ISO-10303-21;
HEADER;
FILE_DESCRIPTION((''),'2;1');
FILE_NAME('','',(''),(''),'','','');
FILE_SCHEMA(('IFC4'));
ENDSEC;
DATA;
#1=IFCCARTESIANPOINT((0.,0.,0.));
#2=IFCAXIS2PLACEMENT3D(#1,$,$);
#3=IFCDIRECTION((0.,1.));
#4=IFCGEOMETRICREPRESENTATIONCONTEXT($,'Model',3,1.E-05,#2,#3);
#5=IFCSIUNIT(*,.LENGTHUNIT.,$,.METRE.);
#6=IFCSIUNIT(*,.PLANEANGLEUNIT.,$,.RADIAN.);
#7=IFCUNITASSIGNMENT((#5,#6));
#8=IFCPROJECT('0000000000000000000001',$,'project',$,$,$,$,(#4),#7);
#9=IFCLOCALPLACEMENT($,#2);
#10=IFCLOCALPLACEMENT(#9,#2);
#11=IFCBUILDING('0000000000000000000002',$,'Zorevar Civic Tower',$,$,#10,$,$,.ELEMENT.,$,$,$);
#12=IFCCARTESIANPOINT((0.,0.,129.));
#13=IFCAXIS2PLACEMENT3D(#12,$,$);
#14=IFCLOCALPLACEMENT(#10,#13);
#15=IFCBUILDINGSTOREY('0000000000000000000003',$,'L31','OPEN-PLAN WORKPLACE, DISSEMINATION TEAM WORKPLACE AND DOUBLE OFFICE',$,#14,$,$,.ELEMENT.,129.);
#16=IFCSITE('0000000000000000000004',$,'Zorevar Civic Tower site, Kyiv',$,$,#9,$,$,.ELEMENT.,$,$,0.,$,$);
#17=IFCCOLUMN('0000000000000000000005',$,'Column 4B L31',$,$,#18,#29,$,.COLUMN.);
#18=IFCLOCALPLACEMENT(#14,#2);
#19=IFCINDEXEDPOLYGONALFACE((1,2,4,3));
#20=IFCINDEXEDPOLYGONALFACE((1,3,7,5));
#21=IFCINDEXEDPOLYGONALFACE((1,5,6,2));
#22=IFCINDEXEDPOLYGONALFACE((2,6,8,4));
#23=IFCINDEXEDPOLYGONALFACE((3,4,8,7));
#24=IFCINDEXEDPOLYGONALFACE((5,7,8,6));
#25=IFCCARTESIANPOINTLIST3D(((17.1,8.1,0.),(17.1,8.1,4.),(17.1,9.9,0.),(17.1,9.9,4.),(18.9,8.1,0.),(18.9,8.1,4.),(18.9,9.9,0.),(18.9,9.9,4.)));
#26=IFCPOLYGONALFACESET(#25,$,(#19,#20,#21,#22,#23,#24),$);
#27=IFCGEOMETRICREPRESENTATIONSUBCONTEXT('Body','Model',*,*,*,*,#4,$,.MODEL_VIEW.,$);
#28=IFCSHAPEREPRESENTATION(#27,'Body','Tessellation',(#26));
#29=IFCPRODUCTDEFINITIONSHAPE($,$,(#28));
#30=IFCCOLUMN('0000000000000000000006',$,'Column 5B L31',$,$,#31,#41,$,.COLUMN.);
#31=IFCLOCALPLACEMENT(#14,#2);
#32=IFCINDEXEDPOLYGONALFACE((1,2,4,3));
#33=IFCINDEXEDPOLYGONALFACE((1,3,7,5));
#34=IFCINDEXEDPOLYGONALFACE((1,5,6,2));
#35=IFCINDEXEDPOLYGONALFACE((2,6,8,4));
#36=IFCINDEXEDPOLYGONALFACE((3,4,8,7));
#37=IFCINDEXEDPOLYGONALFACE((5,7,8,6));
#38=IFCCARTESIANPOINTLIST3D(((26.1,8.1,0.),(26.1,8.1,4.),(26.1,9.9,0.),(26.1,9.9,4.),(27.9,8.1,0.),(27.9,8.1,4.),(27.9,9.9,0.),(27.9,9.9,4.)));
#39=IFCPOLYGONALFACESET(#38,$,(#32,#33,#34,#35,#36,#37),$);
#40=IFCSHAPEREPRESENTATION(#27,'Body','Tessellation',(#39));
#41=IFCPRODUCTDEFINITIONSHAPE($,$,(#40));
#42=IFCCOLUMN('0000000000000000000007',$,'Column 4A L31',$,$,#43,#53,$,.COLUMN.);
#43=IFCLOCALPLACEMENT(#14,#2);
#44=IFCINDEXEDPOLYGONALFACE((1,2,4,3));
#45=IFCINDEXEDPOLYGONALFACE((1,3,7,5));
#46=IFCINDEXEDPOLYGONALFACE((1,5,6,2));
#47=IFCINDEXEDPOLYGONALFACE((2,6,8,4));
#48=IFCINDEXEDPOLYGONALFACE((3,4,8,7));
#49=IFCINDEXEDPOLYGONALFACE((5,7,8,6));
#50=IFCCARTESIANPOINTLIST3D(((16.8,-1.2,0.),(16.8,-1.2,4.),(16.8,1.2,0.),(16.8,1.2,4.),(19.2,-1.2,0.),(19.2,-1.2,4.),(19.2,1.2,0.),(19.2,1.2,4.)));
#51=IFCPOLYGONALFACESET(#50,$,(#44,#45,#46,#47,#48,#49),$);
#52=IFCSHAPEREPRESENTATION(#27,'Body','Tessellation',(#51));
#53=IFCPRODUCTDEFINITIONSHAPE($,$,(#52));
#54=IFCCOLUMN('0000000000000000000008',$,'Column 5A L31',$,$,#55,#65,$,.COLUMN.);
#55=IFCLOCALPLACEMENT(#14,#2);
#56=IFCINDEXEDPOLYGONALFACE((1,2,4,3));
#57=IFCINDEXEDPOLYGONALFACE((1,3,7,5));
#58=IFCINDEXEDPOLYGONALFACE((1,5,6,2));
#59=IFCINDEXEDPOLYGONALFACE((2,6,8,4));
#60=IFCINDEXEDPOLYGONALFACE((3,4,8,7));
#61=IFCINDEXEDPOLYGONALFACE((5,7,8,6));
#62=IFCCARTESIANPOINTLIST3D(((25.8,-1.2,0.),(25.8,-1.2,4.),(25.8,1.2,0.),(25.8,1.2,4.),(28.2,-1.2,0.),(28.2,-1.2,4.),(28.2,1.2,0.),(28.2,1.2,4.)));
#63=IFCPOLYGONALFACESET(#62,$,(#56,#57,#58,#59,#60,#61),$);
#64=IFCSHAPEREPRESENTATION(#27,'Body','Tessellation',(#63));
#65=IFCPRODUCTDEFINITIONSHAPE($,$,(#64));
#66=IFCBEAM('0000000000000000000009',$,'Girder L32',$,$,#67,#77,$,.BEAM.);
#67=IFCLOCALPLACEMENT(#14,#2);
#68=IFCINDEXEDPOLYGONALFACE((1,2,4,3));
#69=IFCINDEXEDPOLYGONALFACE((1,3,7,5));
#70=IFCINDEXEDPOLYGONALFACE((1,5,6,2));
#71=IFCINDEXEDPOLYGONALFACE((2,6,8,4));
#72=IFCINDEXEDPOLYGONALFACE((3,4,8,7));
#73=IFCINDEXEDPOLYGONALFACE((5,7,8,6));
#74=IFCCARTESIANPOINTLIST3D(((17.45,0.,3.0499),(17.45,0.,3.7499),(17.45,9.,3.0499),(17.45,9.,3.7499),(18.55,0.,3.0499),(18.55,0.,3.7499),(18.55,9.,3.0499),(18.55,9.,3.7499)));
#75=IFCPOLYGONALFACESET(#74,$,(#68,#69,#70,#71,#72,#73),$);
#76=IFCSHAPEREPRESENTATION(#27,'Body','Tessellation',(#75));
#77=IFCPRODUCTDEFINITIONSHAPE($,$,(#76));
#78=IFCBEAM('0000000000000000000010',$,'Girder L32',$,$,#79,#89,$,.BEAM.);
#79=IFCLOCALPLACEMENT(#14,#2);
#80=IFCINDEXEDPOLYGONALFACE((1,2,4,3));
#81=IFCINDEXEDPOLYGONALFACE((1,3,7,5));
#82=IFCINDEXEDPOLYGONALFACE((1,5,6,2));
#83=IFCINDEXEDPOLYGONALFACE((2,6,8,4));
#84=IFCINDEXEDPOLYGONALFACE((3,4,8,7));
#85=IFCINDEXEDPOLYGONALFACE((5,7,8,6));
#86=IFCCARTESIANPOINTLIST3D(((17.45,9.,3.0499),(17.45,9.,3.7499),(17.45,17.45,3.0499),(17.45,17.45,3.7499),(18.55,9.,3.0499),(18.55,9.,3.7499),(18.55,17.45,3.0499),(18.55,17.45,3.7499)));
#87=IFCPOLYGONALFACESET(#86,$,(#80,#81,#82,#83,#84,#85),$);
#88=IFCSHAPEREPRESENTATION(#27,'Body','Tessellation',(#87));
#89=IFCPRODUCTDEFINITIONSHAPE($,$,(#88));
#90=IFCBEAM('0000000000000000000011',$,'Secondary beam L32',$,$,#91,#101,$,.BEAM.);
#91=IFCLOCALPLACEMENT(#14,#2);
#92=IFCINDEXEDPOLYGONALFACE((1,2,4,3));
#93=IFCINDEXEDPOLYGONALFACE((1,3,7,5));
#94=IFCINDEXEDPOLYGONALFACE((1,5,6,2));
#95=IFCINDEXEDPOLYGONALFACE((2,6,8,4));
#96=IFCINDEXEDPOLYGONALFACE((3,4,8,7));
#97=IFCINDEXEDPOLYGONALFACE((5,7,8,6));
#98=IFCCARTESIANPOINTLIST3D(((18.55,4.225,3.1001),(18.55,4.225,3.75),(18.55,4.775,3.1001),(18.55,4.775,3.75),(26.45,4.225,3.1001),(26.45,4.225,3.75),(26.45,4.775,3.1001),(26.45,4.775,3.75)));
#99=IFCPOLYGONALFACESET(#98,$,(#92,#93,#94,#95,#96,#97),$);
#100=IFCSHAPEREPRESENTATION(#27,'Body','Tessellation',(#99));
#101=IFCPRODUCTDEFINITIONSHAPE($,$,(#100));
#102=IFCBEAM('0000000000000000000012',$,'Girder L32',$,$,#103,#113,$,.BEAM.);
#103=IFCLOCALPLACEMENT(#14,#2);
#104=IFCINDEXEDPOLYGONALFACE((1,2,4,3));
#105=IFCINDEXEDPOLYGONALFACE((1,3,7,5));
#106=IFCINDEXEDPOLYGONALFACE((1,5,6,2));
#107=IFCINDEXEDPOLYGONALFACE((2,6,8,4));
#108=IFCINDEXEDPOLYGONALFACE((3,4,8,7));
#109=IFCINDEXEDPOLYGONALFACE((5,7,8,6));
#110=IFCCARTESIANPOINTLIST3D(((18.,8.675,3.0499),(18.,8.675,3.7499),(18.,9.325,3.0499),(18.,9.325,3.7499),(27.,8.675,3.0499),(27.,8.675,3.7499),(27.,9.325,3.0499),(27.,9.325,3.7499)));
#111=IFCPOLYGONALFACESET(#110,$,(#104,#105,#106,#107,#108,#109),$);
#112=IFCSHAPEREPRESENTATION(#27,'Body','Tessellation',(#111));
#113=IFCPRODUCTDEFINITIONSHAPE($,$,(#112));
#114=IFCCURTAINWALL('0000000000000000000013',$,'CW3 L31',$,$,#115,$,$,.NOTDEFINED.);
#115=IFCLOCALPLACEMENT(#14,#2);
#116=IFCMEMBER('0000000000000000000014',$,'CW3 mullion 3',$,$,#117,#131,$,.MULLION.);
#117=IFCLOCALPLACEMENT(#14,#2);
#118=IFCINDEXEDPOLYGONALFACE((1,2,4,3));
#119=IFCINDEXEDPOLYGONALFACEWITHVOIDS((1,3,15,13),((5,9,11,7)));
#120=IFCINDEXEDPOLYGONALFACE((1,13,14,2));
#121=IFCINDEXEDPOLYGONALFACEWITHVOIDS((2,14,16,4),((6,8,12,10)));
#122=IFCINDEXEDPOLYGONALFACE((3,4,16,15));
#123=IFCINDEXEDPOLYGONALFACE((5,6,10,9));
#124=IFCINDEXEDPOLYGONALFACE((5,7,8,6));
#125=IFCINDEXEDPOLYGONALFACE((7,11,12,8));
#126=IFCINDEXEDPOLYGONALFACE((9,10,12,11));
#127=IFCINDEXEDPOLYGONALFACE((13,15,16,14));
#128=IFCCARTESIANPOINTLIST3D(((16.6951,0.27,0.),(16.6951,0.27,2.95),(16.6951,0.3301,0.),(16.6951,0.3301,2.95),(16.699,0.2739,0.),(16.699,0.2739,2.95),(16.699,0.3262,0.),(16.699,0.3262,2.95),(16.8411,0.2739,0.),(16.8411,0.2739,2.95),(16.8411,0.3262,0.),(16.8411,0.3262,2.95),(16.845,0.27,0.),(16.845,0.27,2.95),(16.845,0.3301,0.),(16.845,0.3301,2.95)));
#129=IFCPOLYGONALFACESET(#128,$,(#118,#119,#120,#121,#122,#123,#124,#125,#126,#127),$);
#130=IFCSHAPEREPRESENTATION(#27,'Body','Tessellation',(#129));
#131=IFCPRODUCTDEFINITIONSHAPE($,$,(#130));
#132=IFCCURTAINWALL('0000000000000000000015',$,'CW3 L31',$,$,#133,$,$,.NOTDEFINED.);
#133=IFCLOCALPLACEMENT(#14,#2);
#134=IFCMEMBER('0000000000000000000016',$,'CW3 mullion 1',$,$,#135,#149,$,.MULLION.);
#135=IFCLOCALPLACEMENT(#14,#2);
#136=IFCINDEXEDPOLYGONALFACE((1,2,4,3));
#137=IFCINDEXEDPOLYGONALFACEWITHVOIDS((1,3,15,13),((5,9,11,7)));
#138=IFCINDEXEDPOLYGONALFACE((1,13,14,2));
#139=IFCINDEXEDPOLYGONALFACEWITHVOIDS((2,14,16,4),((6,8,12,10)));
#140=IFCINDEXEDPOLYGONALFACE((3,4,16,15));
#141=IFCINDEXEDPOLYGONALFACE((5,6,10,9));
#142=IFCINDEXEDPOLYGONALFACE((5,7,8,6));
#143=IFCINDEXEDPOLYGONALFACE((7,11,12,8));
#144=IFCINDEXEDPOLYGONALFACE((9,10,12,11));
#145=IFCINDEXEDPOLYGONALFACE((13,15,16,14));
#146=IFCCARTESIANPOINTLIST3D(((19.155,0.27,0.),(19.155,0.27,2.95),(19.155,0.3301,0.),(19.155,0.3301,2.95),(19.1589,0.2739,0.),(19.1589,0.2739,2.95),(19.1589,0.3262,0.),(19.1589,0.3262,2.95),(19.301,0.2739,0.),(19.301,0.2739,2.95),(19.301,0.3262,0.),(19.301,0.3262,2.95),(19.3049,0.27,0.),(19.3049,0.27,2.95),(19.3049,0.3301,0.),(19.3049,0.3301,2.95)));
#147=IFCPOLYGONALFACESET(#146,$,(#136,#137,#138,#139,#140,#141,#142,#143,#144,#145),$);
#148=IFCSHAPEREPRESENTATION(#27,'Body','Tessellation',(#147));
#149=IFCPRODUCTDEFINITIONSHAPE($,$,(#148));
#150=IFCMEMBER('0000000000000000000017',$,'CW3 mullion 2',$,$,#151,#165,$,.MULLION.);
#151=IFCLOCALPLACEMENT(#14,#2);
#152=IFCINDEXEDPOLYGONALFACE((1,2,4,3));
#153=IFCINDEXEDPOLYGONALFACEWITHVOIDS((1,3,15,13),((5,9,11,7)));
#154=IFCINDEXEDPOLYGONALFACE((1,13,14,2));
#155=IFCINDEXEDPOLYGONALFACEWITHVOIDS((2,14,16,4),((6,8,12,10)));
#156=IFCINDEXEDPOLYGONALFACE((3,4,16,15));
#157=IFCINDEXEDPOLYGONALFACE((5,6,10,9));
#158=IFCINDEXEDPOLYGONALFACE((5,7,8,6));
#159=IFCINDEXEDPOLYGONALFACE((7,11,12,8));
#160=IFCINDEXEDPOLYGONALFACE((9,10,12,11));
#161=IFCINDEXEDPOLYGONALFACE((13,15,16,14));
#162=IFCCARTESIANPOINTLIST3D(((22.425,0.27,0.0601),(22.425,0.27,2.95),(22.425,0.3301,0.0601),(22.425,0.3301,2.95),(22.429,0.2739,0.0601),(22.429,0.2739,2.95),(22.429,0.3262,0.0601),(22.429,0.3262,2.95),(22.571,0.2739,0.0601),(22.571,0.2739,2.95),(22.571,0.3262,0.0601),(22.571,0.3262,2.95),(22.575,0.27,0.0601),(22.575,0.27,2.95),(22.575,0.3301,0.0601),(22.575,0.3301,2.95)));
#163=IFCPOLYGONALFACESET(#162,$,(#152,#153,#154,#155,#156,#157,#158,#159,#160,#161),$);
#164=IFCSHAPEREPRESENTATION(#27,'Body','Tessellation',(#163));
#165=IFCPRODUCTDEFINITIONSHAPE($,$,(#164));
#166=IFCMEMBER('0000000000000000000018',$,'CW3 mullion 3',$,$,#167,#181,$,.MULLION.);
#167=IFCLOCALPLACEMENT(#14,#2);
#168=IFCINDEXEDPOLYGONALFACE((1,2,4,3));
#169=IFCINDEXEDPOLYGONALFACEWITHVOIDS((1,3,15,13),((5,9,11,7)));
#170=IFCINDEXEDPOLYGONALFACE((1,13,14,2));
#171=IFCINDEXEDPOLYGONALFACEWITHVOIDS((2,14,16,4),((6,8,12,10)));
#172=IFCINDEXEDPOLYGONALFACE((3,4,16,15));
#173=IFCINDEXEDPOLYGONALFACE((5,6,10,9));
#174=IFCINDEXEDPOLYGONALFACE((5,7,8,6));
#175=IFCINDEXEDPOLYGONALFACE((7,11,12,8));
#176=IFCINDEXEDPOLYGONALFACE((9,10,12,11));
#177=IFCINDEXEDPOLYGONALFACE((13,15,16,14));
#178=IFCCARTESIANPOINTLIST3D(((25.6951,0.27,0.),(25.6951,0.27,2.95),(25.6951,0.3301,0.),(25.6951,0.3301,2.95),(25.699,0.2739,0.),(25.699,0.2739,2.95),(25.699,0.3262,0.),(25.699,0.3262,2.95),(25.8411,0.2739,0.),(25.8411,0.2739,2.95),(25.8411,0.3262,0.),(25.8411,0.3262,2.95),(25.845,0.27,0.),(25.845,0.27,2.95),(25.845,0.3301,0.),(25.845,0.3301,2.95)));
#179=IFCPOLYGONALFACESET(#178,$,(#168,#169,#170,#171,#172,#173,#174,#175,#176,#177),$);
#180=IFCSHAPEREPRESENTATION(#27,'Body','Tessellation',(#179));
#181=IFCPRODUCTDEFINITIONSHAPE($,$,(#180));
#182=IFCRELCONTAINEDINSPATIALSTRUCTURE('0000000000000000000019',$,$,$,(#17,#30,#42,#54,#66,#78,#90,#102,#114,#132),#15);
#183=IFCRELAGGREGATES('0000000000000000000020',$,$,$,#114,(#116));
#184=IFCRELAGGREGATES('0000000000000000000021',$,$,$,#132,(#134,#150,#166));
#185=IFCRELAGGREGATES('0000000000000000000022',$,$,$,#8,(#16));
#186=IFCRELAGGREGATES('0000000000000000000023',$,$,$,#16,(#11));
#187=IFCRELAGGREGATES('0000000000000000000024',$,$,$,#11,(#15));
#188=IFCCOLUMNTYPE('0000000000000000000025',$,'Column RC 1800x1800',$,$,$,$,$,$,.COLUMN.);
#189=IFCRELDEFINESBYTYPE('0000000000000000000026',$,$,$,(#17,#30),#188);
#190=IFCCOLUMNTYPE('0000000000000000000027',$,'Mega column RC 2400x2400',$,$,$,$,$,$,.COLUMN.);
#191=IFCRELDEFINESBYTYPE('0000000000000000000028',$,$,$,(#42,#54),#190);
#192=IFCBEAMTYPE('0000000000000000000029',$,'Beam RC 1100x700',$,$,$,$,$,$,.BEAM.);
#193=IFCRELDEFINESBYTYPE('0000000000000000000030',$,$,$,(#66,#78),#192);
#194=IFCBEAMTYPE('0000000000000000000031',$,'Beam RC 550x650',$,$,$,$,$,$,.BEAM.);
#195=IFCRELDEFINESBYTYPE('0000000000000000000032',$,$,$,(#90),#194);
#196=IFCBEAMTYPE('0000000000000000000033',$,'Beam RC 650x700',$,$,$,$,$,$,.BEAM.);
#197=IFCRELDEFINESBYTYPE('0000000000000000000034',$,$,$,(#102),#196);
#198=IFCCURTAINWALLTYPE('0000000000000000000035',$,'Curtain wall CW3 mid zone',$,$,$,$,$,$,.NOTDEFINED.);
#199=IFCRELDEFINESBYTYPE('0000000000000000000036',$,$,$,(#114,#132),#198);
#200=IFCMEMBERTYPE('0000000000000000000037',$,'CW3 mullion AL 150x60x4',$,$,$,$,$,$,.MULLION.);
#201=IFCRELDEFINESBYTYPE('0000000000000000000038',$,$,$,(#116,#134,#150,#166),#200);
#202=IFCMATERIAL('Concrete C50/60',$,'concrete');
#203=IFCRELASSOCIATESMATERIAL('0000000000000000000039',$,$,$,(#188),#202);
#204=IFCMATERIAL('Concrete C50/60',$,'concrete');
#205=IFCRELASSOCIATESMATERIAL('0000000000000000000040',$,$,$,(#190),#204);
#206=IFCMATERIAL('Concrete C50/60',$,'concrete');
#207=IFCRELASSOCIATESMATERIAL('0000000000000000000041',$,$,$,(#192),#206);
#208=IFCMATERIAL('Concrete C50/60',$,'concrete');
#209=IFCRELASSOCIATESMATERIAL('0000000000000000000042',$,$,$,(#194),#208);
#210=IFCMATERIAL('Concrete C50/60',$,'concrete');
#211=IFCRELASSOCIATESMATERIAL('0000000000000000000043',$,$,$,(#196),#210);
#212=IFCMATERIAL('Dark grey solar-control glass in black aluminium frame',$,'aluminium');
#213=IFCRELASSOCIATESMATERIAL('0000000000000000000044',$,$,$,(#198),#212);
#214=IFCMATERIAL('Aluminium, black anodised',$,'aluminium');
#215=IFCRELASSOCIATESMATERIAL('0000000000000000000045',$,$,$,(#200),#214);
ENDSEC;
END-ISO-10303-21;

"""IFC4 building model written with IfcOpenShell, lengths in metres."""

from ifc_helpers import new_model, si_unit, direction, frame, origin, origin_2d, place, context, subcontext, project, spatial, rectangle, hollow_rectangle, extrude, material, material_profile, profile_set, type_object, element, aggregate, save


model = new_model("IFC4")

# Units and contexts
model_context = context("Model", 3, precision=1e-05, world=origin(), true_north=direction((0.0, 1.0)))
body_context = subcontext(model_context, "Body", "Model", "MODEL_VIEW")
ifc_project = project(units=[si_unit("LENGTHUNIT", "METRE"), si_unit("PLANEANGLEUNIT", "RADIAN")], contexts=[model_context])

# Site, building, storey
site_placement = place(None, origin())
site = spatial("IfcSite", under=ifc_project, at=site_placement, Name="Zorevar Civic Tower site, Kyiv", CompositionType="ELEMENT", RefElevation=0.0)
building_placement = place(site_placement, origin())
building = spatial("IfcBuilding", under=site, at=building_placement, Name="Zorevar Civic Tower", CompositionType="ELEMENT")
storey_placement = place(building_placement, frame((0.0, 0.0, 129.0)))
storey = spatial("IfcBuildingStorey", under=building, at=storey_placement, Name="L31", Description="OPEN-PLAN WORKPLACE, DISSEMINATION TEAM WORKPLACE AND DOUBLE OFFICE", CompositionType="ELEMENT", Elevation=129.0)

# Columns
ifc_material_1 = material(Name="Concrete C50/60", Category="concrete")
ifc_material_profile_1 = material_profile(ifc_material_1, rectangle(XDim=1.8, YDim=1.8, at=origin_2d()), Name="RC 1800x1800")
ifc_profile_set_1 = profile_set([ifc_material_profile_1], Name="Concrete C50/60")
column_type_1 = type_object("IfcColumnType", Name="Column RC 1800x1800", PredefinedType="COLUMN", material=ifc_profile_set_1)
for number, where, z_axis, x_axis, name in (
    (1, (18.0, 9.0, 0.0), (0.0, 0.0, 1.0), (1.0, 0.0, 0.0), "Column 4B L31"),
    (2, (27.0, 9.0, 0.0), (0.0, 0.0, 1.0), (1.0, 0.0, 0.0), "Column 5B L31"),
):
    element("IfcColumn", number, at=place(storey_placement, frame(where, z_axis=z_axis, x_axis=x_axis)), inside=storey, type_object=column_type_1, Name=name, PredefinedType="COLUMN", context=body_context, shape_type="SweptSolid", body=[
        extrude(rectangle(XDim=1.8, YDim=1.8, at=origin_2d()), origin(), (0.0, 0.0, 1.0), 4.0),
    ])
ifc_material_2 = material(Name="Concrete C50/60", Category="concrete")
ifc_material_profile_2 = material_profile(ifc_material_2, rectangle(XDim=2.3999, YDim=2.3999, at=origin_2d()), Name="RC 2400x2400")
ifc_profile_set_2 = profile_set([ifc_material_profile_2], Name="Concrete C50/60")
column_type_2 = type_object("IfcColumnType", Name="Mega column RC 2400x2400", PredefinedType="COLUMN", material=ifc_profile_set_2)
for number, where, z_axis, x_axis, name in (
    (3, (18.0, 0.0, 0.0), (0.0, 0.0, 1.0), (1.0, 0.0, 0.0), "Column 4A L31"),
    (4, (27.0, 0.0, 0.0), (0.0, 0.0, 1.0), (1.0, 0.0, 0.0), "Column 5A L31"),
):
    element("IfcColumn", number, at=place(storey_placement, frame(where, z_axis=z_axis, x_axis=x_axis)), inside=storey, type_object=column_type_2, Name=name, PredefinedType="COLUMN", context=body_context, shape_type="SweptSolid", body=[
        extrude(rectangle(XDim=2.3999, YDim=2.3999, at=origin_2d()), origin(), (0.0, 0.0, 1.0), 4.0),
    ])

# Beams
ifc_material_3 = material(Name="Concrete C50/60", Category="concrete")
ifc_material_profile_3 = material_profile(ifc_material_3, rectangle(XDim=1.1001, YDim=0.7, at=origin_2d()), Name="RC 1100x700")
ifc_profile_set_3 = profile_set([ifc_material_profile_3], Name="Concrete C50/60")
beam_type_1 = type_object("IfcBeamType", Name="Beam RC 1100x700", PredefinedType="BEAM", material=ifc_profile_set_3)
beam_1_placement = place(storey_placement, frame((18.0, 0.0, 3.3999), z_axis=(0.0, 1.0, 0.0), x_axis=(-1.0, 0.0, 0.0)))
element("IfcBeam", 5, at=beam_1_placement, inside=storey, type_object=beam_type_1, Name="Girder L32", PredefinedType="BEAM", context=body_context, shape_type="SweptSolid", body=[
    extrude(rectangle(XDim=1.1001, YDim=0.7, at=origin_2d()), origin(), (0.0, 0.0, 1.0), 9.0),
])
beam_2_placement = place(storey_placement, frame((18.0, 9.0, 3.3999), z_axis=(0.0, 1.0, 0.0), x_axis=(-1.0, 0.0, 0.0)))
element("IfcBeam", 6, at=beam_2_placement, inside=storey, type_object=beam_type_1, Name="Girder L32", PredefinedType="BEAM", context=body_context, shape_type="SweptSolid", body=[
    extrude(rectangle(XDim=1.1001, YDim=0.7, at=origin_2d()), origin(), (0.0, 0.0, 1.0), 8.45),
])
ifc_material_4 = material(Name="Concrete C50/60", Category="concrete")
ifc_material_profile_4 = material_profile(ifc_material_4, rectangle(XDim=0.55, YDim=0.6499, at=origin_2d()), Name="RC 550x650")
ifc_profile_set_4 = profile_set([ifc_material_profile_4], Name="Concrete C50/60")
beam_type_2 = type_object("IfcBeamType", Name="Beam RC 550x650", PredefinedType="BEAM", material=ifc_profile_set_4)
beam_3_placement = place(storey_placement, frame((18.55, 4.5, 3.425), z_axis=(1.0, 0.0, 0.0), x_axis=(0.0, 1.0, 0.0)))
element("IfcBeam", 7, at=beam_3_placement, inside=storey, type_object=beam_type_2, Name="Secondary beam L32", PredefinedType="BEAM", context=body_context, shape_type="SweptSolid", body=[
    extrude(rectangle(XDim=0.55, YDim=0.6499, at=origin_2d()), origin(), (0.0, 0.0, 1.0), 7.8999),
])
ifc_material_5 = material(Name="Concrete C50/60", Category="concrete")
ifc_material_profile_5 = material_profile(ifc_material_5, rectangle(XDim=0.6499, YDim=0.7, at=origin_2d()), Name="RC 650x700")
ifc_profile_set_5 = profile_set([ifc_material_profile_5], Name="Concrete C50/60")
beam_type_3 = type_object("IfcBeamType", Name="Beam RC 650x700", PredefinedType="BEAM", material=ifc_profile_set_5)
beam_4_placement = place(storey_placement, frame((18.0, 9.0, 3.3999), z_axis=(1.0, 0.0, 0.0), x_axis=(0.0, 1.0, 0.0)))
element("IfcBeam", 8, at=beam_4_placement, inside=storey, type_object=beam_type_3, Name="Girder L32", PredefinedType="BEAM", context=body_context, shape_type="SweptSolid", body=[
    extrude(rectangle(XDim=0.6499, YDim=0.7, at=origin_2d()), origin(), (0.0, 0.0, 1.0), 9.0),
])

# Curtain wall, member
ifc_material_6 = material(Name="Dark grey solar-control glass in black aluminium frame", Category="aluminium")
curtain_wall_type = type_object("IfcCurtainWallType", Name="Curtain wall CW3 mid zone", PredefinedType="NOTDEFINED", material=ifc_material_6)
curtain_wall_1_placement = place(storey_placement, origin())
curtain_wall_1 = element("IfcCurtainWall", 9, at=curtain_wall_1_placement, inside=storey, type_object=curtain_wall_type, Name="CW3 L31", PredefinedType="NOTDEFINED")
ifc_material_7 = material(Name="Aluminium, black anodised", Category="aluminium")
ifc_material_profile_6 = material_profile(ifc_material_7, hollow_rectangle(XDim=0.0601, YDim=0.1499, WallThickness=0.0039, at=origin_2d()), Name="AL 150x60x4")
ifc_profile_set_6 = profile_set([ifc_material_profile_6], Name="Aluminium, black anodised")
member_type_1 = type_object("IfcMemberType", Name="CW3 mullion AL 150x60x4", PredefinedType="MULLION", material=ifc_profile_set_6)
member_1_placement = place(storey_placement, frame((16.77, 0.3, 0.0), z_axis=(0.0, 0.0, 1.0), x_axis=(0.0, 1.0, 0.0)))
member_1 = element("IfcMember", 10, at=member_1_placement, type_object=member_type_1, Name="CW3 mullion 3", PredefinedType="MULLION", context=body_context, shape_type="SweptSolid", body=[
    extrude(hollow_rectangle(XDim=0.0601, YDim=0.1499, WallThickness=0.0039, at=origin_2d()), origin(), (0.0, 0.0, 1.0), 2.95),
])

# Curtain wall, members
curtain_wall_2_placement = place(storey_placement, origin())
curtain_wall_2 = element("IfcCurtainWall", 11, at=curtain_wall_2_placement, inside=storey, type_object=curtain_wall_type, Name="CW3 L31", PredefinedType="NOTDEFINED")
member_2_placement = place(storey_placement, frame((19.23, 0.3, 0.0), z_axis=(0.0, 0.0, 1.0), x_axis=(0.0, 1.0, 0.0)))
member_2 = element("IfcMember", 12, at=member_2_placement, type_object=member_type_1, Name="CW3 mullion 1", PredefinedType="MULLION", context=body_context, shape_type="SweptSolid", body=[
    extrude(hollow_rectangle(XDim=0.0601, YDim=0.1499, WallThickness=0.0039, at=origin_2d()), origin(), (0.0, 0.0, 1.0), 2.95),
])
member_3_placement = place(storey_placement, frame((22.5, 0.3, 0.0601), z_axis=(0.0, 0.0, 1.0), x_axis=(0.0, 1.0, 0.0)))
member_3 = element("IfcMember", 13, at=member_3_placement, type_object=member_type_1, Name="CW3 mullion 2", PredefinedType="MULLION", context=body_context, shape_type="SweptSolid", body=[
    extrude(hollow_rectangle(XDim=0.0601, YDim=0.1499, WallThickness=0.0039, at=origin_2d()), origin(), (0.0, 0.0, 1.0), 2.8899),
])
member_4_placement = place(storey_placement, frame((25.77, 0.3, 0.0), z_axis=(0.0, 0.0, 1.0), x_axis=(0.0, 1.0, 0.0)))
member_4 = element("IfcMember", 14, at=member_4_placement, type_object=member_type_1, Name="CW3 mullion 3", PredefinedType="MULLION", context=body_context, shape_type="SweptSolid", body=[
    extrude(hollow_rectangle(XDim=0.0601, YDim=0.1499, WallThickness=0.0039, at=origin_2d()), origin(), (0.0, 0.0, 1.0), 2.95),
])

aggregate(curtain_wall_1, [member_1])
aggregate(curtain_wall_2, [member_2, member_3, member_4])

save(model, "model.ifc")
